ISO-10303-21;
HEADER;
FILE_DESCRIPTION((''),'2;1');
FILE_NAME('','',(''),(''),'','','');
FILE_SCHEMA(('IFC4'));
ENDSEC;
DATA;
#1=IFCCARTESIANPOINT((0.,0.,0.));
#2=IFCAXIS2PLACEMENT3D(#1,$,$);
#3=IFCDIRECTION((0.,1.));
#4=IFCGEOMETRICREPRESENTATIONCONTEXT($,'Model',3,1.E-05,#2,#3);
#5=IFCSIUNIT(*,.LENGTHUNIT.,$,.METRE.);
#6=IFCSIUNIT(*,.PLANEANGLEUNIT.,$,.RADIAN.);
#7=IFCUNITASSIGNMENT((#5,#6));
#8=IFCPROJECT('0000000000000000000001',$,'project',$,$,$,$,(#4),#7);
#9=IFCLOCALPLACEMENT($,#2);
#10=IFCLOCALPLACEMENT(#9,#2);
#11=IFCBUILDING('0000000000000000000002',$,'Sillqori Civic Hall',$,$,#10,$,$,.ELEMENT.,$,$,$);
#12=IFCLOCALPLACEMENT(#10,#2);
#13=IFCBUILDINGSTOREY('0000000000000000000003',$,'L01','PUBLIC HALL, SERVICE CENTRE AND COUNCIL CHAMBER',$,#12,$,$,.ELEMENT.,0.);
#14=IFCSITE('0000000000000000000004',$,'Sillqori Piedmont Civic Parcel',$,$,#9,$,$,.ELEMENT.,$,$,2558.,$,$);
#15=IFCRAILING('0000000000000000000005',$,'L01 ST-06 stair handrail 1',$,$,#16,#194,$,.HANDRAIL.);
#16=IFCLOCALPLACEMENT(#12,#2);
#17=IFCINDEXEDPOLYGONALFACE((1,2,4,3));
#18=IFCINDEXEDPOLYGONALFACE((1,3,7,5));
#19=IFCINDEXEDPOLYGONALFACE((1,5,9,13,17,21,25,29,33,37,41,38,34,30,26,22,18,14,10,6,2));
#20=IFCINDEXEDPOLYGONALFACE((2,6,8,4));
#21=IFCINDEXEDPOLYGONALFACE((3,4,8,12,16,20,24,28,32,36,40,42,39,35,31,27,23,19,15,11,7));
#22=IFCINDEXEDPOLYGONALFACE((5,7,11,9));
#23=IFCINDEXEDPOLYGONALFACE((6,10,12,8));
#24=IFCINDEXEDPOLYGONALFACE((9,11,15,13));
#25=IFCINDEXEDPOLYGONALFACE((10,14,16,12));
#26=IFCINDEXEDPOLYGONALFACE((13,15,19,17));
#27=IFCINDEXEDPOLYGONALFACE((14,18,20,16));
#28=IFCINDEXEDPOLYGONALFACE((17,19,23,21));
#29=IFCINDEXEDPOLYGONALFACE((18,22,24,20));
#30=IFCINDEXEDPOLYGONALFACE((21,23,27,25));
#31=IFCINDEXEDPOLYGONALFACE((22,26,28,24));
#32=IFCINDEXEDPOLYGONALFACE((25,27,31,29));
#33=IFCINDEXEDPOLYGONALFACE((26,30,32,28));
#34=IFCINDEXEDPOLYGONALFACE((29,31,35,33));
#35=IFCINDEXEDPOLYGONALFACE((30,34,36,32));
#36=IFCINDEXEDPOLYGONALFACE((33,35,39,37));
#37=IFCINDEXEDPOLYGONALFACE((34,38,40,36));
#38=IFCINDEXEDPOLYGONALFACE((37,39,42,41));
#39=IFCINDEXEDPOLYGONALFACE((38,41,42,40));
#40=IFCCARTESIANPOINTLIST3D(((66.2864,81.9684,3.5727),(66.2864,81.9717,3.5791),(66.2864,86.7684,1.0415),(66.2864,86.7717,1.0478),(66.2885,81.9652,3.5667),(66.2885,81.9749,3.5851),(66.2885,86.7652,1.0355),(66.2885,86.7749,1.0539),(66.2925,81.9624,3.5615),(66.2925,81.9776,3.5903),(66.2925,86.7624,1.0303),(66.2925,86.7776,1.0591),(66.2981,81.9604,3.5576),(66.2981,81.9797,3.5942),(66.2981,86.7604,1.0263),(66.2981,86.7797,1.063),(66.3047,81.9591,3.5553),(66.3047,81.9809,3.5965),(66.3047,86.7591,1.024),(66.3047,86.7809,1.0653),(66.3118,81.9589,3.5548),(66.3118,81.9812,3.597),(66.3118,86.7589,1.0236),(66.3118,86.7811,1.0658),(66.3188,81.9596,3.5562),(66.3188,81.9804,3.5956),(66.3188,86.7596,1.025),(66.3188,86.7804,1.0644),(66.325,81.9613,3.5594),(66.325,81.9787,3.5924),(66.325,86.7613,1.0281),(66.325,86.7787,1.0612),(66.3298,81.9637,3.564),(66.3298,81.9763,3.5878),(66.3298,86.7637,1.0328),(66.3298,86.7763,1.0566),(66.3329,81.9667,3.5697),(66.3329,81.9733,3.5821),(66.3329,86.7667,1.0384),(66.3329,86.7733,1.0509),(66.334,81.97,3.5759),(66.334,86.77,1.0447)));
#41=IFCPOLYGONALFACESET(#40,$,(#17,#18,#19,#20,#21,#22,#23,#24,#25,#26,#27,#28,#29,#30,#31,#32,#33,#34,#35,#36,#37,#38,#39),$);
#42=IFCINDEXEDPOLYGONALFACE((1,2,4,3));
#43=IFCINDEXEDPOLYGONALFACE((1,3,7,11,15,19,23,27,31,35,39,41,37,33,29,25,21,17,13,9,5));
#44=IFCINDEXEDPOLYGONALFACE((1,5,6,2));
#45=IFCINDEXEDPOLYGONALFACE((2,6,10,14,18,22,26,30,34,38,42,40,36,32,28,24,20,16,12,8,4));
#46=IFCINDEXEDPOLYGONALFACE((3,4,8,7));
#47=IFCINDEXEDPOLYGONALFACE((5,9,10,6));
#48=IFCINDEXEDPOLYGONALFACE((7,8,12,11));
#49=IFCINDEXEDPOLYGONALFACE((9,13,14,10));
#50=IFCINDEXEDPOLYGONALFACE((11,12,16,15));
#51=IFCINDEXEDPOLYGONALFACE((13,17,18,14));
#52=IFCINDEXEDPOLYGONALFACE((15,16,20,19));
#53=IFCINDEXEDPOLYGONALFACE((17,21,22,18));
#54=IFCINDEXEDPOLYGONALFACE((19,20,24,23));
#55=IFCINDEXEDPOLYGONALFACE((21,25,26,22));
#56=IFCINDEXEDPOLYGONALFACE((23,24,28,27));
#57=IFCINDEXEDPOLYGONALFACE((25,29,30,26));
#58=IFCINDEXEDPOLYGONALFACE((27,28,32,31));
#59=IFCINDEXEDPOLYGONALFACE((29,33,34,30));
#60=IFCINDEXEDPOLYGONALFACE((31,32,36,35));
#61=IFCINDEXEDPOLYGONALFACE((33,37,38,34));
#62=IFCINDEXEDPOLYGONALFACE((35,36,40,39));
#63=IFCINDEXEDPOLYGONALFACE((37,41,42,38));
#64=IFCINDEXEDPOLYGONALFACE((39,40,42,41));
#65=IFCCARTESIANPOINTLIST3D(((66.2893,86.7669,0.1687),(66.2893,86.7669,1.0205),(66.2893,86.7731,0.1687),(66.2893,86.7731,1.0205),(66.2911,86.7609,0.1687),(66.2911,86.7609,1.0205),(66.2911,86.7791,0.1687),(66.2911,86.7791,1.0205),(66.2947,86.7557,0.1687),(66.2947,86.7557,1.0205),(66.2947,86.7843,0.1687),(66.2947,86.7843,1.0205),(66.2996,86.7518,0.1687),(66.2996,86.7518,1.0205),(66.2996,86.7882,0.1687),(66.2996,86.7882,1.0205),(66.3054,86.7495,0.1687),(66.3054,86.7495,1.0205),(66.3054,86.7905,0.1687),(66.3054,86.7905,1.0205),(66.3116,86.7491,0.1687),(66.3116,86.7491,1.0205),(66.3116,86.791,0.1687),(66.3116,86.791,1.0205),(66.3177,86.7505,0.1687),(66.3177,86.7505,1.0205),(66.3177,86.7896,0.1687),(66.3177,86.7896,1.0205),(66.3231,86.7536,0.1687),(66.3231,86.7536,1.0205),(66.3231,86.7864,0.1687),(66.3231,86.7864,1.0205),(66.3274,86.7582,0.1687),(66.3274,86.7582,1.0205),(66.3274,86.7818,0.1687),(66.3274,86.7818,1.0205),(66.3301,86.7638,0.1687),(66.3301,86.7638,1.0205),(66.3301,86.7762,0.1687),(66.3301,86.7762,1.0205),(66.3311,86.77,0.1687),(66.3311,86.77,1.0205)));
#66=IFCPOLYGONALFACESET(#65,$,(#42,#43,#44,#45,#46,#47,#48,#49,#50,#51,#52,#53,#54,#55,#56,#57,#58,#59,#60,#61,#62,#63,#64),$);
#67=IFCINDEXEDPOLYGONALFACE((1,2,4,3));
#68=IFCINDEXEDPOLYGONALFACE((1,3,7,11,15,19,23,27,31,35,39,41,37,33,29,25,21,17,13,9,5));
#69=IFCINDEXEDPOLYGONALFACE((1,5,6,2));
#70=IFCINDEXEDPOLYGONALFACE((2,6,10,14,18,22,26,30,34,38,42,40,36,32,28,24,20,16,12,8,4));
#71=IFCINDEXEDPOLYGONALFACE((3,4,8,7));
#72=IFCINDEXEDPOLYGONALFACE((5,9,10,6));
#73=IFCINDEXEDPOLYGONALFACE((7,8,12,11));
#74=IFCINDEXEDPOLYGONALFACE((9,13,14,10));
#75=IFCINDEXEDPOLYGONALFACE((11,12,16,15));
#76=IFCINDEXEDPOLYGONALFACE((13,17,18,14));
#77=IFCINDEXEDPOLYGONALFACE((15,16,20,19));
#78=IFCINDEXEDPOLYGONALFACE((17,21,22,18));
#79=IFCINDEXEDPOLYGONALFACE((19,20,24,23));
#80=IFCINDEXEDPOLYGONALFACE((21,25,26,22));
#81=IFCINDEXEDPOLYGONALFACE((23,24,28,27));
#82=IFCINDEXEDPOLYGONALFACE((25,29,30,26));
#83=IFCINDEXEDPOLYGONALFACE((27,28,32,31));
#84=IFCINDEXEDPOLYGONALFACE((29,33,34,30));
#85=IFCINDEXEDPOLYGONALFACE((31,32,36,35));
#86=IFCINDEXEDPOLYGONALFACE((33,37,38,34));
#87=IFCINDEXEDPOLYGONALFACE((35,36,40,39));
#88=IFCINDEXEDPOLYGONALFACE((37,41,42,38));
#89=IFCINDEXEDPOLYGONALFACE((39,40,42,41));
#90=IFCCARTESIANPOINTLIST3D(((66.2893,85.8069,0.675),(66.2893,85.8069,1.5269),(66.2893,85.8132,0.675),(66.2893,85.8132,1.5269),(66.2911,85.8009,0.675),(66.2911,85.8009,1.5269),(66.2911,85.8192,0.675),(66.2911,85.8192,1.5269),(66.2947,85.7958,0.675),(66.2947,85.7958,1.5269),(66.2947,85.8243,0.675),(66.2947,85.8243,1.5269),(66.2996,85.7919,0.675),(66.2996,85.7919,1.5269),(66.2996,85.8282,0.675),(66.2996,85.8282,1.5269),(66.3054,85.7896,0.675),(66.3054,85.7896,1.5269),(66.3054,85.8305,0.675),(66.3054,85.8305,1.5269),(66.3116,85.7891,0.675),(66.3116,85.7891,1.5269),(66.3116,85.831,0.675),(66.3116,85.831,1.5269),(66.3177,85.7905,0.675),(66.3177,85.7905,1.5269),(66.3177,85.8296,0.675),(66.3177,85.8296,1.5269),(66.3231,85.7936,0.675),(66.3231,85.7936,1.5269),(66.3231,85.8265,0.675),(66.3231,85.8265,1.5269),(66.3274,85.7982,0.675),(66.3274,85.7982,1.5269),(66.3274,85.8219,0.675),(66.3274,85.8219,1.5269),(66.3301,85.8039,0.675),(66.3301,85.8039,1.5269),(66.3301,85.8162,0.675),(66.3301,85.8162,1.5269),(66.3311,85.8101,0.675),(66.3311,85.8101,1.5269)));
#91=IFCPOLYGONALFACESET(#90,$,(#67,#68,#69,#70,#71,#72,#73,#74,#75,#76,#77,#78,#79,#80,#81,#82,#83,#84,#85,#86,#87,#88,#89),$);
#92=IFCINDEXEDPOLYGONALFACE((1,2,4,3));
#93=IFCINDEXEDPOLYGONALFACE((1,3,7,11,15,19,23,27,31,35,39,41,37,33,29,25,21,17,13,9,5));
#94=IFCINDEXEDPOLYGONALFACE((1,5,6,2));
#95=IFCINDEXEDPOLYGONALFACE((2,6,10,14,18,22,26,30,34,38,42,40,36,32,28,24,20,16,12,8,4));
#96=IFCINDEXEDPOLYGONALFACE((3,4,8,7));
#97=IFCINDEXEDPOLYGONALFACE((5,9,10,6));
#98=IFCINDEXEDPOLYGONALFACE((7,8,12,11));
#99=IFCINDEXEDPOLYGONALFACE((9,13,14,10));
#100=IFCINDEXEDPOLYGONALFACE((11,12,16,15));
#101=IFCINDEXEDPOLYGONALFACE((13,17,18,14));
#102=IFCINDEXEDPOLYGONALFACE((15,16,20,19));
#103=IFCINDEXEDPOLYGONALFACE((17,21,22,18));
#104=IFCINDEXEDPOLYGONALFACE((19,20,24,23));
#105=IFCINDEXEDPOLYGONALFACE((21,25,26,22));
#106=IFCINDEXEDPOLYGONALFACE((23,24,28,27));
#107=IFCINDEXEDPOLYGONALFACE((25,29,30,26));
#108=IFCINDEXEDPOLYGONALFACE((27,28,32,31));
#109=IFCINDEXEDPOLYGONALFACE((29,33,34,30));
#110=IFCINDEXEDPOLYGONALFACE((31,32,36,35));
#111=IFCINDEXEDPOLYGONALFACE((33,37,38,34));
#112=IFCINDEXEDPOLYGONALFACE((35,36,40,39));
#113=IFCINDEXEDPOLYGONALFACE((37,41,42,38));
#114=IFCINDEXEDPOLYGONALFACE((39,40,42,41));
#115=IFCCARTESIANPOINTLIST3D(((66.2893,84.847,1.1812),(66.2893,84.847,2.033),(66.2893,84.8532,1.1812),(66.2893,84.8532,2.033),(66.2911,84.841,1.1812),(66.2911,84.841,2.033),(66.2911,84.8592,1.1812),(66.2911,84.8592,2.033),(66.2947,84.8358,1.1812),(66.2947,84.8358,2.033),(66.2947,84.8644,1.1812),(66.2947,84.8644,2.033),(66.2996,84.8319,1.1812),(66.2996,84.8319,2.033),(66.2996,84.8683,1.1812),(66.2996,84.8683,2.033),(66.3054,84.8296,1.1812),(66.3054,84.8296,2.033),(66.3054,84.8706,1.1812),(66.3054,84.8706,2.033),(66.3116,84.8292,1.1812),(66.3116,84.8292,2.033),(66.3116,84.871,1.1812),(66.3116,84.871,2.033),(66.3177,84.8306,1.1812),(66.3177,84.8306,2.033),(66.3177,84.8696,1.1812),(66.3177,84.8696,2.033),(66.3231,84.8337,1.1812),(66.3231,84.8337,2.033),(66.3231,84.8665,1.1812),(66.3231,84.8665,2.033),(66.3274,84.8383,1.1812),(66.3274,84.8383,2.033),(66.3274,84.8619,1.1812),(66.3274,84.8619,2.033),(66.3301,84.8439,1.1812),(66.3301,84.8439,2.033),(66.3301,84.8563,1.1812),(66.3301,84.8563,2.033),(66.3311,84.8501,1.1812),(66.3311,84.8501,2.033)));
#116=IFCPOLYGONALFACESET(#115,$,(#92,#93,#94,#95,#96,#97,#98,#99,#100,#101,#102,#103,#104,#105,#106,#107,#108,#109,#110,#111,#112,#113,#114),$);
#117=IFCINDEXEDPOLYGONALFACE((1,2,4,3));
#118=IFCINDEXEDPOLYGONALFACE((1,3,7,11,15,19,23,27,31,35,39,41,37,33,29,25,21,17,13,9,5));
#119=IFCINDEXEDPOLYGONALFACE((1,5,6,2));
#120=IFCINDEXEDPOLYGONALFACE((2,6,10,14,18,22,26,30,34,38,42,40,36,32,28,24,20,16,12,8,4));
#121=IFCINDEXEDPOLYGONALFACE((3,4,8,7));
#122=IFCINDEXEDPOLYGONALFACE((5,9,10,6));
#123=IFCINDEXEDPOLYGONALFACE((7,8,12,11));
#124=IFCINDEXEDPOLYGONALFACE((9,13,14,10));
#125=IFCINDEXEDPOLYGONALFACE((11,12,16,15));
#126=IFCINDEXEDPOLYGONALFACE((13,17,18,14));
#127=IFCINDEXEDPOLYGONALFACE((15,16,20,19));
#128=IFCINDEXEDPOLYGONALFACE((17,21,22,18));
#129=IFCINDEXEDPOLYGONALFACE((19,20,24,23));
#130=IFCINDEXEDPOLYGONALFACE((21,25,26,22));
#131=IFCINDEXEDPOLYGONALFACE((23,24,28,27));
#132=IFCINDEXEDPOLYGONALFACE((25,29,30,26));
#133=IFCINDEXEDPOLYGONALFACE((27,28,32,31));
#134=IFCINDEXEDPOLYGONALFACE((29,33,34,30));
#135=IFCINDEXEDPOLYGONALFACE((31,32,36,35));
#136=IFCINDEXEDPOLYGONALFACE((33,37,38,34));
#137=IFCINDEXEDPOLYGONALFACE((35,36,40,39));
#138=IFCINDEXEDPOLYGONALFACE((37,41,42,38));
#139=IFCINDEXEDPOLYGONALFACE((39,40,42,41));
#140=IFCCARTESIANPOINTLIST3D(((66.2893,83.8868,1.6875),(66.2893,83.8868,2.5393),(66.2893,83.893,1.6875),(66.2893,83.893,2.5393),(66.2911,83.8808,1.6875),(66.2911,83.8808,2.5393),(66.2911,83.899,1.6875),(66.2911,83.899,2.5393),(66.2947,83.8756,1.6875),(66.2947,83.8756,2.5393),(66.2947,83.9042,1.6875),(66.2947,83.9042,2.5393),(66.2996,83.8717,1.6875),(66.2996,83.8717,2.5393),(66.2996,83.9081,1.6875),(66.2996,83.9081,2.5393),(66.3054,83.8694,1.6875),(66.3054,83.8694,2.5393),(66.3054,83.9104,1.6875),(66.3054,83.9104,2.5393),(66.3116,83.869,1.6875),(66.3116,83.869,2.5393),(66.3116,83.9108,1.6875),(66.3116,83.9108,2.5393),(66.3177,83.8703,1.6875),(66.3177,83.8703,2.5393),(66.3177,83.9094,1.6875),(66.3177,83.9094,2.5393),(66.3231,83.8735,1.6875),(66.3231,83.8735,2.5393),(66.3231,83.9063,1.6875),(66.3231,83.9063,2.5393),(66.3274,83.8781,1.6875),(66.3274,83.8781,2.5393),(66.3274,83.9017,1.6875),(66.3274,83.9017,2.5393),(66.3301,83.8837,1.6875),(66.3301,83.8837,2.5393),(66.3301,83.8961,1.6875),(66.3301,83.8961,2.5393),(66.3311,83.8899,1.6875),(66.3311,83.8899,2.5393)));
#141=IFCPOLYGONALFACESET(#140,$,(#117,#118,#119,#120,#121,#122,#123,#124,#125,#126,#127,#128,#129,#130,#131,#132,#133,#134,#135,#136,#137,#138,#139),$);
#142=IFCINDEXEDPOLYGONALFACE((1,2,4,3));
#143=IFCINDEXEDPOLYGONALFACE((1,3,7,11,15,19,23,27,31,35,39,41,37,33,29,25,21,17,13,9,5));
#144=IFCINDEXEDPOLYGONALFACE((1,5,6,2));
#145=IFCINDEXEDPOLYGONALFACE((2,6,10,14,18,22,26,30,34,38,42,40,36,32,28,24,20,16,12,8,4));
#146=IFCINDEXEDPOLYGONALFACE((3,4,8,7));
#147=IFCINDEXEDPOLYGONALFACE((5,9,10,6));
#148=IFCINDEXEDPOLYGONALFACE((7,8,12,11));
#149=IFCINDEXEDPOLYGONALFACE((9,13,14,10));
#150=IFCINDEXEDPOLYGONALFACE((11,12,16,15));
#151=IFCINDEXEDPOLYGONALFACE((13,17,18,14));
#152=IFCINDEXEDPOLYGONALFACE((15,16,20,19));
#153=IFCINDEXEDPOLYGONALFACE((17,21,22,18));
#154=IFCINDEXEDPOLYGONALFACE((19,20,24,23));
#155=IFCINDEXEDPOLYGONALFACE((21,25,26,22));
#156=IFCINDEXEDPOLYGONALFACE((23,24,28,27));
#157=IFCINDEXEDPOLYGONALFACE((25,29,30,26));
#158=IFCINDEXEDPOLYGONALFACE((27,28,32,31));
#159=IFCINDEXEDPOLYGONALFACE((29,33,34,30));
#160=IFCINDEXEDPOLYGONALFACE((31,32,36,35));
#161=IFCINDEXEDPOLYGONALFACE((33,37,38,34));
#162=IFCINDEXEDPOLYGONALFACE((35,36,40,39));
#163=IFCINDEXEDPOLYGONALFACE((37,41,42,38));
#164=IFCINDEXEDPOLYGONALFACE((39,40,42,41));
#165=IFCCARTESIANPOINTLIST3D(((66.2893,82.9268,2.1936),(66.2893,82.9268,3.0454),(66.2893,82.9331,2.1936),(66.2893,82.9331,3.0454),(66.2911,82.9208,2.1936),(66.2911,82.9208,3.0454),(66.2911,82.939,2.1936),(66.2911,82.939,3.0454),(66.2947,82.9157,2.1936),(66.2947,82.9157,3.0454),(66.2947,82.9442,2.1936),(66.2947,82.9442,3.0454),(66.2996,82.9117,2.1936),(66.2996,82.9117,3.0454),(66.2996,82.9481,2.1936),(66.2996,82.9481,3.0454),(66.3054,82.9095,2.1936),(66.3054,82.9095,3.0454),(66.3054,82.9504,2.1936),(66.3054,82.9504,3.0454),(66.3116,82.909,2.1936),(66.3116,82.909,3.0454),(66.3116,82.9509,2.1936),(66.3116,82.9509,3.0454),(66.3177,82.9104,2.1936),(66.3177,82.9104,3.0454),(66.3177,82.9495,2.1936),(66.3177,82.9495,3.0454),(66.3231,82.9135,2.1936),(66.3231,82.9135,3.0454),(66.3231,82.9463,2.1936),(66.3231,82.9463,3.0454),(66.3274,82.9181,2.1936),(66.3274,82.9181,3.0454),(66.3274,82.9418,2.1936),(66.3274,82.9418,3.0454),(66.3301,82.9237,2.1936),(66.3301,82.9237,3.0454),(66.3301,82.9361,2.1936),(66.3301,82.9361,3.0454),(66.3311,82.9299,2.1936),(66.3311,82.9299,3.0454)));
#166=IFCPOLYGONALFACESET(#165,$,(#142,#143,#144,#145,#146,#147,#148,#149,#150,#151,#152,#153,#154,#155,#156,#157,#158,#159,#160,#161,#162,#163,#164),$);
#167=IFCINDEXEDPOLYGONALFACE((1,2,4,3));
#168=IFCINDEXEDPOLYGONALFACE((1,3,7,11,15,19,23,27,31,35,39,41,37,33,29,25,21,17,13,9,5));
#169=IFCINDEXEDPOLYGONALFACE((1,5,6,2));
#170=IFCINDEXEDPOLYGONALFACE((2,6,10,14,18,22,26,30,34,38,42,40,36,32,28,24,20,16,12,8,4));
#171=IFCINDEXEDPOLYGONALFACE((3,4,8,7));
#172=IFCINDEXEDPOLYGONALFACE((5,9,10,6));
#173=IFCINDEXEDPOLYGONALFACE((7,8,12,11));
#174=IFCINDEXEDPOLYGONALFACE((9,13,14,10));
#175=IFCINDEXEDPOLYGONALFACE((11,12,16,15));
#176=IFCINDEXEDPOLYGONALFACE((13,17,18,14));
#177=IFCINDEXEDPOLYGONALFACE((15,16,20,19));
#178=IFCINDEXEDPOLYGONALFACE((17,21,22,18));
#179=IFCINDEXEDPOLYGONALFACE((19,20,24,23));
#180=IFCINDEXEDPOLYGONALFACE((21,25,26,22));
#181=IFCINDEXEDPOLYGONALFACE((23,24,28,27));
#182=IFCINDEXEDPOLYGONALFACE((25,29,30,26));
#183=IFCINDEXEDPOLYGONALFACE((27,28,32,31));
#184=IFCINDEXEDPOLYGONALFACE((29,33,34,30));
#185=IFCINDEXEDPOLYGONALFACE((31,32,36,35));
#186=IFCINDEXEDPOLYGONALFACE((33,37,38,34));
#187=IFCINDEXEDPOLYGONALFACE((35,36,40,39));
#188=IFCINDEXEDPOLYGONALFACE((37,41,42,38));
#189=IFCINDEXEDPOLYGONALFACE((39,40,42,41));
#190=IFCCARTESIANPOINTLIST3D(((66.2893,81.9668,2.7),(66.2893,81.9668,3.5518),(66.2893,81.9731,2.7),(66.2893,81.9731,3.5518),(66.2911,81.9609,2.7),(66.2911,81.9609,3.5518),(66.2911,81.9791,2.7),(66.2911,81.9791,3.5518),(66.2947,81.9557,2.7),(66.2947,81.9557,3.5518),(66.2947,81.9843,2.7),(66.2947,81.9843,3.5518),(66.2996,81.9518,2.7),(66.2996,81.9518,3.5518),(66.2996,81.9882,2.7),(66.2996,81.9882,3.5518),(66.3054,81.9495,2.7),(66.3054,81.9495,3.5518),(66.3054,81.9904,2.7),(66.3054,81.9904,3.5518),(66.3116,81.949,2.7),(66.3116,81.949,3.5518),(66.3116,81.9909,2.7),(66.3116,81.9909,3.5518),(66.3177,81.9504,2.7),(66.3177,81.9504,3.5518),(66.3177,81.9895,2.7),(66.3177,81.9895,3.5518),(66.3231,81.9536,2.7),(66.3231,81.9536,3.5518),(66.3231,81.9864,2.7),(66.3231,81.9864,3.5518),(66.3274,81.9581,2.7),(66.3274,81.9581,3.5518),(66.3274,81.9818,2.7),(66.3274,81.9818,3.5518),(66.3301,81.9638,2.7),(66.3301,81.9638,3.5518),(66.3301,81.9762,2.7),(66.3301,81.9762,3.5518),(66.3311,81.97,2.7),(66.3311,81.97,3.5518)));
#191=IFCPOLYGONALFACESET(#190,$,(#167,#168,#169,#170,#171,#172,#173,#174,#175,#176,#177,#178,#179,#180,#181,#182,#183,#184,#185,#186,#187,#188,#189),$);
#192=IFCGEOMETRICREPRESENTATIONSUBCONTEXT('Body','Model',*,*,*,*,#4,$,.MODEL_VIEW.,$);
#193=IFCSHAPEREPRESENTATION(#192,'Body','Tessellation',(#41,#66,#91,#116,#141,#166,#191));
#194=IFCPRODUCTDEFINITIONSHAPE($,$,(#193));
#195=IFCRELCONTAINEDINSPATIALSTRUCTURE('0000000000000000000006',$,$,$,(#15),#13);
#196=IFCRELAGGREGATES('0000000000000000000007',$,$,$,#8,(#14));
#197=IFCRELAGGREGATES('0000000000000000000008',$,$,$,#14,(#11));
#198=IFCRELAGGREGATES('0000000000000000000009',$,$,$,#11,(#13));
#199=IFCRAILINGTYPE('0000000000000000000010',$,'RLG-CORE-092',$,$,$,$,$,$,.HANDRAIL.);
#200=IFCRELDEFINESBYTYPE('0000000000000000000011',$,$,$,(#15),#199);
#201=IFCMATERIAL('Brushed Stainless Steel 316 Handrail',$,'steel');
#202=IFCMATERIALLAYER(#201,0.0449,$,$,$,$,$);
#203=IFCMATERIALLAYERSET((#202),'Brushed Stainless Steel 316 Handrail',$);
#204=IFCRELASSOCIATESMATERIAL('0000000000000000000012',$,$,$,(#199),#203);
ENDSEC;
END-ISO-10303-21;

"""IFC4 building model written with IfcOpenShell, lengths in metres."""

from ifc_helpers import new_model, si_unit, direction, frame, origin, origin_2d, place, context, subcontext, project, spatial, circle, extrude, material, layer, layer_set, type_object, element, save


model = new_model("IFC4")

# Units and contexts
model_context = context("Model", 3, precision=1e-05, world=origin(), true_north=direction((0.0, 1.0)))
body_context = subcontext(model_context, "Body", "Model", "MODEL_VIEW")
ifc_project = project(units=[si_unit("LENGTHUNIT", "METRE"), si_unit("PLANEANGLEUNIT", "RADIAN")], contexts=[model_context])

# Site, building, storey
site_placement = place(None, origin())
site = spatial("IfcSite", under=ifc_project, at=site_placement, Name="Sillqori Piedmont Civic Parcel", CompositionType="ELEMENT", RefElevation=2558.0)
building_placement = place(site_placement, origin())
building = spatial("IfcBuilding", under=site, at=building_placement, Name="Sillqori Civic Hall", CompositionType="ELEMENT")
storey_placement = place(building_placement, origin())
storey = spatial("IfcBuildingStorey", under=building, at=storey_placement, Name="L01", Description="PUBLIC HALL, SERVICE CENTRE AND COUNCIL CHAMBER", CompositionType="ELEMENT", Elevation=0.0)

# Railing
ifc_material_1 = material(Name="Brushed Stainless Steel 316 Handrail", Category="steel")
ifc_layer_1 = layer(ifc_material_1, 0.0449)
ifc_layer_set_1 = layer_set([ifc_layer_1], Name="Brushed Stainless Steel 316 Handrail")
railing_type_1 = type_object("IfcRailingType", Name="RLG-CORE-092", PredefinedType="HANDRAIL", material=ifc_layer_set_1)
railing_1_placement = place(storey_placement, frame((66.3101, 86.77, 0.1687)))
element("IfcRailing", 1, at=railing_1_placement, inside=storey, type_object=railing_type_1, Name="L01 ST-06 stair handrail 1", PredefinedType="HANDRAIL", context=body_context, shape_type="SweptSolid", body=[
    extrude(circle(Radius=0.0239, at=origin_2d()), frame((0.0, 0.0, 0.876), z_axis=(0.0, -0.884545, 0.466455), x_axis=(1.0, 0.0, 0.0)), (0.0, 0.0, 1.0), 5.4265),
    extrude(circle(Radius=0.021, at=origin_2d()), origin(), (0.0, 0.0, 1.0), 0.8518),
    extrude(circle(Radius=0.021, at=origin_2d()), frame((0.0, -0.96, 0.5063)), (0.0, 0.0, 1.0), 0.8518),
    extrude(circle(Radius=0.021, at=origin_2d()), frame((0.0, -1.9199, 1.0125)), (0.0, 0.0, 1.0), 0.8518),
    extrude(circle(Radius=0.021, at=origin_2d()), frame((0.0, -2.8801, 1.5188)), (0.0, 0.0, 1.0), 0.8518),
    extrude(circle(Radius=0.021, at=origin_2d()), frame((0.0, -3.8401, 2.0249)), (0.0, 0.0, 1.0), 0.8518),
    extrude(circle(Radius=0.021, at=origin_2d()), frame((0.0, -4.8, 2.5312)), (0.0, 0.0, 1.0), 0.8518),
])

save(model, "model.ifc")
